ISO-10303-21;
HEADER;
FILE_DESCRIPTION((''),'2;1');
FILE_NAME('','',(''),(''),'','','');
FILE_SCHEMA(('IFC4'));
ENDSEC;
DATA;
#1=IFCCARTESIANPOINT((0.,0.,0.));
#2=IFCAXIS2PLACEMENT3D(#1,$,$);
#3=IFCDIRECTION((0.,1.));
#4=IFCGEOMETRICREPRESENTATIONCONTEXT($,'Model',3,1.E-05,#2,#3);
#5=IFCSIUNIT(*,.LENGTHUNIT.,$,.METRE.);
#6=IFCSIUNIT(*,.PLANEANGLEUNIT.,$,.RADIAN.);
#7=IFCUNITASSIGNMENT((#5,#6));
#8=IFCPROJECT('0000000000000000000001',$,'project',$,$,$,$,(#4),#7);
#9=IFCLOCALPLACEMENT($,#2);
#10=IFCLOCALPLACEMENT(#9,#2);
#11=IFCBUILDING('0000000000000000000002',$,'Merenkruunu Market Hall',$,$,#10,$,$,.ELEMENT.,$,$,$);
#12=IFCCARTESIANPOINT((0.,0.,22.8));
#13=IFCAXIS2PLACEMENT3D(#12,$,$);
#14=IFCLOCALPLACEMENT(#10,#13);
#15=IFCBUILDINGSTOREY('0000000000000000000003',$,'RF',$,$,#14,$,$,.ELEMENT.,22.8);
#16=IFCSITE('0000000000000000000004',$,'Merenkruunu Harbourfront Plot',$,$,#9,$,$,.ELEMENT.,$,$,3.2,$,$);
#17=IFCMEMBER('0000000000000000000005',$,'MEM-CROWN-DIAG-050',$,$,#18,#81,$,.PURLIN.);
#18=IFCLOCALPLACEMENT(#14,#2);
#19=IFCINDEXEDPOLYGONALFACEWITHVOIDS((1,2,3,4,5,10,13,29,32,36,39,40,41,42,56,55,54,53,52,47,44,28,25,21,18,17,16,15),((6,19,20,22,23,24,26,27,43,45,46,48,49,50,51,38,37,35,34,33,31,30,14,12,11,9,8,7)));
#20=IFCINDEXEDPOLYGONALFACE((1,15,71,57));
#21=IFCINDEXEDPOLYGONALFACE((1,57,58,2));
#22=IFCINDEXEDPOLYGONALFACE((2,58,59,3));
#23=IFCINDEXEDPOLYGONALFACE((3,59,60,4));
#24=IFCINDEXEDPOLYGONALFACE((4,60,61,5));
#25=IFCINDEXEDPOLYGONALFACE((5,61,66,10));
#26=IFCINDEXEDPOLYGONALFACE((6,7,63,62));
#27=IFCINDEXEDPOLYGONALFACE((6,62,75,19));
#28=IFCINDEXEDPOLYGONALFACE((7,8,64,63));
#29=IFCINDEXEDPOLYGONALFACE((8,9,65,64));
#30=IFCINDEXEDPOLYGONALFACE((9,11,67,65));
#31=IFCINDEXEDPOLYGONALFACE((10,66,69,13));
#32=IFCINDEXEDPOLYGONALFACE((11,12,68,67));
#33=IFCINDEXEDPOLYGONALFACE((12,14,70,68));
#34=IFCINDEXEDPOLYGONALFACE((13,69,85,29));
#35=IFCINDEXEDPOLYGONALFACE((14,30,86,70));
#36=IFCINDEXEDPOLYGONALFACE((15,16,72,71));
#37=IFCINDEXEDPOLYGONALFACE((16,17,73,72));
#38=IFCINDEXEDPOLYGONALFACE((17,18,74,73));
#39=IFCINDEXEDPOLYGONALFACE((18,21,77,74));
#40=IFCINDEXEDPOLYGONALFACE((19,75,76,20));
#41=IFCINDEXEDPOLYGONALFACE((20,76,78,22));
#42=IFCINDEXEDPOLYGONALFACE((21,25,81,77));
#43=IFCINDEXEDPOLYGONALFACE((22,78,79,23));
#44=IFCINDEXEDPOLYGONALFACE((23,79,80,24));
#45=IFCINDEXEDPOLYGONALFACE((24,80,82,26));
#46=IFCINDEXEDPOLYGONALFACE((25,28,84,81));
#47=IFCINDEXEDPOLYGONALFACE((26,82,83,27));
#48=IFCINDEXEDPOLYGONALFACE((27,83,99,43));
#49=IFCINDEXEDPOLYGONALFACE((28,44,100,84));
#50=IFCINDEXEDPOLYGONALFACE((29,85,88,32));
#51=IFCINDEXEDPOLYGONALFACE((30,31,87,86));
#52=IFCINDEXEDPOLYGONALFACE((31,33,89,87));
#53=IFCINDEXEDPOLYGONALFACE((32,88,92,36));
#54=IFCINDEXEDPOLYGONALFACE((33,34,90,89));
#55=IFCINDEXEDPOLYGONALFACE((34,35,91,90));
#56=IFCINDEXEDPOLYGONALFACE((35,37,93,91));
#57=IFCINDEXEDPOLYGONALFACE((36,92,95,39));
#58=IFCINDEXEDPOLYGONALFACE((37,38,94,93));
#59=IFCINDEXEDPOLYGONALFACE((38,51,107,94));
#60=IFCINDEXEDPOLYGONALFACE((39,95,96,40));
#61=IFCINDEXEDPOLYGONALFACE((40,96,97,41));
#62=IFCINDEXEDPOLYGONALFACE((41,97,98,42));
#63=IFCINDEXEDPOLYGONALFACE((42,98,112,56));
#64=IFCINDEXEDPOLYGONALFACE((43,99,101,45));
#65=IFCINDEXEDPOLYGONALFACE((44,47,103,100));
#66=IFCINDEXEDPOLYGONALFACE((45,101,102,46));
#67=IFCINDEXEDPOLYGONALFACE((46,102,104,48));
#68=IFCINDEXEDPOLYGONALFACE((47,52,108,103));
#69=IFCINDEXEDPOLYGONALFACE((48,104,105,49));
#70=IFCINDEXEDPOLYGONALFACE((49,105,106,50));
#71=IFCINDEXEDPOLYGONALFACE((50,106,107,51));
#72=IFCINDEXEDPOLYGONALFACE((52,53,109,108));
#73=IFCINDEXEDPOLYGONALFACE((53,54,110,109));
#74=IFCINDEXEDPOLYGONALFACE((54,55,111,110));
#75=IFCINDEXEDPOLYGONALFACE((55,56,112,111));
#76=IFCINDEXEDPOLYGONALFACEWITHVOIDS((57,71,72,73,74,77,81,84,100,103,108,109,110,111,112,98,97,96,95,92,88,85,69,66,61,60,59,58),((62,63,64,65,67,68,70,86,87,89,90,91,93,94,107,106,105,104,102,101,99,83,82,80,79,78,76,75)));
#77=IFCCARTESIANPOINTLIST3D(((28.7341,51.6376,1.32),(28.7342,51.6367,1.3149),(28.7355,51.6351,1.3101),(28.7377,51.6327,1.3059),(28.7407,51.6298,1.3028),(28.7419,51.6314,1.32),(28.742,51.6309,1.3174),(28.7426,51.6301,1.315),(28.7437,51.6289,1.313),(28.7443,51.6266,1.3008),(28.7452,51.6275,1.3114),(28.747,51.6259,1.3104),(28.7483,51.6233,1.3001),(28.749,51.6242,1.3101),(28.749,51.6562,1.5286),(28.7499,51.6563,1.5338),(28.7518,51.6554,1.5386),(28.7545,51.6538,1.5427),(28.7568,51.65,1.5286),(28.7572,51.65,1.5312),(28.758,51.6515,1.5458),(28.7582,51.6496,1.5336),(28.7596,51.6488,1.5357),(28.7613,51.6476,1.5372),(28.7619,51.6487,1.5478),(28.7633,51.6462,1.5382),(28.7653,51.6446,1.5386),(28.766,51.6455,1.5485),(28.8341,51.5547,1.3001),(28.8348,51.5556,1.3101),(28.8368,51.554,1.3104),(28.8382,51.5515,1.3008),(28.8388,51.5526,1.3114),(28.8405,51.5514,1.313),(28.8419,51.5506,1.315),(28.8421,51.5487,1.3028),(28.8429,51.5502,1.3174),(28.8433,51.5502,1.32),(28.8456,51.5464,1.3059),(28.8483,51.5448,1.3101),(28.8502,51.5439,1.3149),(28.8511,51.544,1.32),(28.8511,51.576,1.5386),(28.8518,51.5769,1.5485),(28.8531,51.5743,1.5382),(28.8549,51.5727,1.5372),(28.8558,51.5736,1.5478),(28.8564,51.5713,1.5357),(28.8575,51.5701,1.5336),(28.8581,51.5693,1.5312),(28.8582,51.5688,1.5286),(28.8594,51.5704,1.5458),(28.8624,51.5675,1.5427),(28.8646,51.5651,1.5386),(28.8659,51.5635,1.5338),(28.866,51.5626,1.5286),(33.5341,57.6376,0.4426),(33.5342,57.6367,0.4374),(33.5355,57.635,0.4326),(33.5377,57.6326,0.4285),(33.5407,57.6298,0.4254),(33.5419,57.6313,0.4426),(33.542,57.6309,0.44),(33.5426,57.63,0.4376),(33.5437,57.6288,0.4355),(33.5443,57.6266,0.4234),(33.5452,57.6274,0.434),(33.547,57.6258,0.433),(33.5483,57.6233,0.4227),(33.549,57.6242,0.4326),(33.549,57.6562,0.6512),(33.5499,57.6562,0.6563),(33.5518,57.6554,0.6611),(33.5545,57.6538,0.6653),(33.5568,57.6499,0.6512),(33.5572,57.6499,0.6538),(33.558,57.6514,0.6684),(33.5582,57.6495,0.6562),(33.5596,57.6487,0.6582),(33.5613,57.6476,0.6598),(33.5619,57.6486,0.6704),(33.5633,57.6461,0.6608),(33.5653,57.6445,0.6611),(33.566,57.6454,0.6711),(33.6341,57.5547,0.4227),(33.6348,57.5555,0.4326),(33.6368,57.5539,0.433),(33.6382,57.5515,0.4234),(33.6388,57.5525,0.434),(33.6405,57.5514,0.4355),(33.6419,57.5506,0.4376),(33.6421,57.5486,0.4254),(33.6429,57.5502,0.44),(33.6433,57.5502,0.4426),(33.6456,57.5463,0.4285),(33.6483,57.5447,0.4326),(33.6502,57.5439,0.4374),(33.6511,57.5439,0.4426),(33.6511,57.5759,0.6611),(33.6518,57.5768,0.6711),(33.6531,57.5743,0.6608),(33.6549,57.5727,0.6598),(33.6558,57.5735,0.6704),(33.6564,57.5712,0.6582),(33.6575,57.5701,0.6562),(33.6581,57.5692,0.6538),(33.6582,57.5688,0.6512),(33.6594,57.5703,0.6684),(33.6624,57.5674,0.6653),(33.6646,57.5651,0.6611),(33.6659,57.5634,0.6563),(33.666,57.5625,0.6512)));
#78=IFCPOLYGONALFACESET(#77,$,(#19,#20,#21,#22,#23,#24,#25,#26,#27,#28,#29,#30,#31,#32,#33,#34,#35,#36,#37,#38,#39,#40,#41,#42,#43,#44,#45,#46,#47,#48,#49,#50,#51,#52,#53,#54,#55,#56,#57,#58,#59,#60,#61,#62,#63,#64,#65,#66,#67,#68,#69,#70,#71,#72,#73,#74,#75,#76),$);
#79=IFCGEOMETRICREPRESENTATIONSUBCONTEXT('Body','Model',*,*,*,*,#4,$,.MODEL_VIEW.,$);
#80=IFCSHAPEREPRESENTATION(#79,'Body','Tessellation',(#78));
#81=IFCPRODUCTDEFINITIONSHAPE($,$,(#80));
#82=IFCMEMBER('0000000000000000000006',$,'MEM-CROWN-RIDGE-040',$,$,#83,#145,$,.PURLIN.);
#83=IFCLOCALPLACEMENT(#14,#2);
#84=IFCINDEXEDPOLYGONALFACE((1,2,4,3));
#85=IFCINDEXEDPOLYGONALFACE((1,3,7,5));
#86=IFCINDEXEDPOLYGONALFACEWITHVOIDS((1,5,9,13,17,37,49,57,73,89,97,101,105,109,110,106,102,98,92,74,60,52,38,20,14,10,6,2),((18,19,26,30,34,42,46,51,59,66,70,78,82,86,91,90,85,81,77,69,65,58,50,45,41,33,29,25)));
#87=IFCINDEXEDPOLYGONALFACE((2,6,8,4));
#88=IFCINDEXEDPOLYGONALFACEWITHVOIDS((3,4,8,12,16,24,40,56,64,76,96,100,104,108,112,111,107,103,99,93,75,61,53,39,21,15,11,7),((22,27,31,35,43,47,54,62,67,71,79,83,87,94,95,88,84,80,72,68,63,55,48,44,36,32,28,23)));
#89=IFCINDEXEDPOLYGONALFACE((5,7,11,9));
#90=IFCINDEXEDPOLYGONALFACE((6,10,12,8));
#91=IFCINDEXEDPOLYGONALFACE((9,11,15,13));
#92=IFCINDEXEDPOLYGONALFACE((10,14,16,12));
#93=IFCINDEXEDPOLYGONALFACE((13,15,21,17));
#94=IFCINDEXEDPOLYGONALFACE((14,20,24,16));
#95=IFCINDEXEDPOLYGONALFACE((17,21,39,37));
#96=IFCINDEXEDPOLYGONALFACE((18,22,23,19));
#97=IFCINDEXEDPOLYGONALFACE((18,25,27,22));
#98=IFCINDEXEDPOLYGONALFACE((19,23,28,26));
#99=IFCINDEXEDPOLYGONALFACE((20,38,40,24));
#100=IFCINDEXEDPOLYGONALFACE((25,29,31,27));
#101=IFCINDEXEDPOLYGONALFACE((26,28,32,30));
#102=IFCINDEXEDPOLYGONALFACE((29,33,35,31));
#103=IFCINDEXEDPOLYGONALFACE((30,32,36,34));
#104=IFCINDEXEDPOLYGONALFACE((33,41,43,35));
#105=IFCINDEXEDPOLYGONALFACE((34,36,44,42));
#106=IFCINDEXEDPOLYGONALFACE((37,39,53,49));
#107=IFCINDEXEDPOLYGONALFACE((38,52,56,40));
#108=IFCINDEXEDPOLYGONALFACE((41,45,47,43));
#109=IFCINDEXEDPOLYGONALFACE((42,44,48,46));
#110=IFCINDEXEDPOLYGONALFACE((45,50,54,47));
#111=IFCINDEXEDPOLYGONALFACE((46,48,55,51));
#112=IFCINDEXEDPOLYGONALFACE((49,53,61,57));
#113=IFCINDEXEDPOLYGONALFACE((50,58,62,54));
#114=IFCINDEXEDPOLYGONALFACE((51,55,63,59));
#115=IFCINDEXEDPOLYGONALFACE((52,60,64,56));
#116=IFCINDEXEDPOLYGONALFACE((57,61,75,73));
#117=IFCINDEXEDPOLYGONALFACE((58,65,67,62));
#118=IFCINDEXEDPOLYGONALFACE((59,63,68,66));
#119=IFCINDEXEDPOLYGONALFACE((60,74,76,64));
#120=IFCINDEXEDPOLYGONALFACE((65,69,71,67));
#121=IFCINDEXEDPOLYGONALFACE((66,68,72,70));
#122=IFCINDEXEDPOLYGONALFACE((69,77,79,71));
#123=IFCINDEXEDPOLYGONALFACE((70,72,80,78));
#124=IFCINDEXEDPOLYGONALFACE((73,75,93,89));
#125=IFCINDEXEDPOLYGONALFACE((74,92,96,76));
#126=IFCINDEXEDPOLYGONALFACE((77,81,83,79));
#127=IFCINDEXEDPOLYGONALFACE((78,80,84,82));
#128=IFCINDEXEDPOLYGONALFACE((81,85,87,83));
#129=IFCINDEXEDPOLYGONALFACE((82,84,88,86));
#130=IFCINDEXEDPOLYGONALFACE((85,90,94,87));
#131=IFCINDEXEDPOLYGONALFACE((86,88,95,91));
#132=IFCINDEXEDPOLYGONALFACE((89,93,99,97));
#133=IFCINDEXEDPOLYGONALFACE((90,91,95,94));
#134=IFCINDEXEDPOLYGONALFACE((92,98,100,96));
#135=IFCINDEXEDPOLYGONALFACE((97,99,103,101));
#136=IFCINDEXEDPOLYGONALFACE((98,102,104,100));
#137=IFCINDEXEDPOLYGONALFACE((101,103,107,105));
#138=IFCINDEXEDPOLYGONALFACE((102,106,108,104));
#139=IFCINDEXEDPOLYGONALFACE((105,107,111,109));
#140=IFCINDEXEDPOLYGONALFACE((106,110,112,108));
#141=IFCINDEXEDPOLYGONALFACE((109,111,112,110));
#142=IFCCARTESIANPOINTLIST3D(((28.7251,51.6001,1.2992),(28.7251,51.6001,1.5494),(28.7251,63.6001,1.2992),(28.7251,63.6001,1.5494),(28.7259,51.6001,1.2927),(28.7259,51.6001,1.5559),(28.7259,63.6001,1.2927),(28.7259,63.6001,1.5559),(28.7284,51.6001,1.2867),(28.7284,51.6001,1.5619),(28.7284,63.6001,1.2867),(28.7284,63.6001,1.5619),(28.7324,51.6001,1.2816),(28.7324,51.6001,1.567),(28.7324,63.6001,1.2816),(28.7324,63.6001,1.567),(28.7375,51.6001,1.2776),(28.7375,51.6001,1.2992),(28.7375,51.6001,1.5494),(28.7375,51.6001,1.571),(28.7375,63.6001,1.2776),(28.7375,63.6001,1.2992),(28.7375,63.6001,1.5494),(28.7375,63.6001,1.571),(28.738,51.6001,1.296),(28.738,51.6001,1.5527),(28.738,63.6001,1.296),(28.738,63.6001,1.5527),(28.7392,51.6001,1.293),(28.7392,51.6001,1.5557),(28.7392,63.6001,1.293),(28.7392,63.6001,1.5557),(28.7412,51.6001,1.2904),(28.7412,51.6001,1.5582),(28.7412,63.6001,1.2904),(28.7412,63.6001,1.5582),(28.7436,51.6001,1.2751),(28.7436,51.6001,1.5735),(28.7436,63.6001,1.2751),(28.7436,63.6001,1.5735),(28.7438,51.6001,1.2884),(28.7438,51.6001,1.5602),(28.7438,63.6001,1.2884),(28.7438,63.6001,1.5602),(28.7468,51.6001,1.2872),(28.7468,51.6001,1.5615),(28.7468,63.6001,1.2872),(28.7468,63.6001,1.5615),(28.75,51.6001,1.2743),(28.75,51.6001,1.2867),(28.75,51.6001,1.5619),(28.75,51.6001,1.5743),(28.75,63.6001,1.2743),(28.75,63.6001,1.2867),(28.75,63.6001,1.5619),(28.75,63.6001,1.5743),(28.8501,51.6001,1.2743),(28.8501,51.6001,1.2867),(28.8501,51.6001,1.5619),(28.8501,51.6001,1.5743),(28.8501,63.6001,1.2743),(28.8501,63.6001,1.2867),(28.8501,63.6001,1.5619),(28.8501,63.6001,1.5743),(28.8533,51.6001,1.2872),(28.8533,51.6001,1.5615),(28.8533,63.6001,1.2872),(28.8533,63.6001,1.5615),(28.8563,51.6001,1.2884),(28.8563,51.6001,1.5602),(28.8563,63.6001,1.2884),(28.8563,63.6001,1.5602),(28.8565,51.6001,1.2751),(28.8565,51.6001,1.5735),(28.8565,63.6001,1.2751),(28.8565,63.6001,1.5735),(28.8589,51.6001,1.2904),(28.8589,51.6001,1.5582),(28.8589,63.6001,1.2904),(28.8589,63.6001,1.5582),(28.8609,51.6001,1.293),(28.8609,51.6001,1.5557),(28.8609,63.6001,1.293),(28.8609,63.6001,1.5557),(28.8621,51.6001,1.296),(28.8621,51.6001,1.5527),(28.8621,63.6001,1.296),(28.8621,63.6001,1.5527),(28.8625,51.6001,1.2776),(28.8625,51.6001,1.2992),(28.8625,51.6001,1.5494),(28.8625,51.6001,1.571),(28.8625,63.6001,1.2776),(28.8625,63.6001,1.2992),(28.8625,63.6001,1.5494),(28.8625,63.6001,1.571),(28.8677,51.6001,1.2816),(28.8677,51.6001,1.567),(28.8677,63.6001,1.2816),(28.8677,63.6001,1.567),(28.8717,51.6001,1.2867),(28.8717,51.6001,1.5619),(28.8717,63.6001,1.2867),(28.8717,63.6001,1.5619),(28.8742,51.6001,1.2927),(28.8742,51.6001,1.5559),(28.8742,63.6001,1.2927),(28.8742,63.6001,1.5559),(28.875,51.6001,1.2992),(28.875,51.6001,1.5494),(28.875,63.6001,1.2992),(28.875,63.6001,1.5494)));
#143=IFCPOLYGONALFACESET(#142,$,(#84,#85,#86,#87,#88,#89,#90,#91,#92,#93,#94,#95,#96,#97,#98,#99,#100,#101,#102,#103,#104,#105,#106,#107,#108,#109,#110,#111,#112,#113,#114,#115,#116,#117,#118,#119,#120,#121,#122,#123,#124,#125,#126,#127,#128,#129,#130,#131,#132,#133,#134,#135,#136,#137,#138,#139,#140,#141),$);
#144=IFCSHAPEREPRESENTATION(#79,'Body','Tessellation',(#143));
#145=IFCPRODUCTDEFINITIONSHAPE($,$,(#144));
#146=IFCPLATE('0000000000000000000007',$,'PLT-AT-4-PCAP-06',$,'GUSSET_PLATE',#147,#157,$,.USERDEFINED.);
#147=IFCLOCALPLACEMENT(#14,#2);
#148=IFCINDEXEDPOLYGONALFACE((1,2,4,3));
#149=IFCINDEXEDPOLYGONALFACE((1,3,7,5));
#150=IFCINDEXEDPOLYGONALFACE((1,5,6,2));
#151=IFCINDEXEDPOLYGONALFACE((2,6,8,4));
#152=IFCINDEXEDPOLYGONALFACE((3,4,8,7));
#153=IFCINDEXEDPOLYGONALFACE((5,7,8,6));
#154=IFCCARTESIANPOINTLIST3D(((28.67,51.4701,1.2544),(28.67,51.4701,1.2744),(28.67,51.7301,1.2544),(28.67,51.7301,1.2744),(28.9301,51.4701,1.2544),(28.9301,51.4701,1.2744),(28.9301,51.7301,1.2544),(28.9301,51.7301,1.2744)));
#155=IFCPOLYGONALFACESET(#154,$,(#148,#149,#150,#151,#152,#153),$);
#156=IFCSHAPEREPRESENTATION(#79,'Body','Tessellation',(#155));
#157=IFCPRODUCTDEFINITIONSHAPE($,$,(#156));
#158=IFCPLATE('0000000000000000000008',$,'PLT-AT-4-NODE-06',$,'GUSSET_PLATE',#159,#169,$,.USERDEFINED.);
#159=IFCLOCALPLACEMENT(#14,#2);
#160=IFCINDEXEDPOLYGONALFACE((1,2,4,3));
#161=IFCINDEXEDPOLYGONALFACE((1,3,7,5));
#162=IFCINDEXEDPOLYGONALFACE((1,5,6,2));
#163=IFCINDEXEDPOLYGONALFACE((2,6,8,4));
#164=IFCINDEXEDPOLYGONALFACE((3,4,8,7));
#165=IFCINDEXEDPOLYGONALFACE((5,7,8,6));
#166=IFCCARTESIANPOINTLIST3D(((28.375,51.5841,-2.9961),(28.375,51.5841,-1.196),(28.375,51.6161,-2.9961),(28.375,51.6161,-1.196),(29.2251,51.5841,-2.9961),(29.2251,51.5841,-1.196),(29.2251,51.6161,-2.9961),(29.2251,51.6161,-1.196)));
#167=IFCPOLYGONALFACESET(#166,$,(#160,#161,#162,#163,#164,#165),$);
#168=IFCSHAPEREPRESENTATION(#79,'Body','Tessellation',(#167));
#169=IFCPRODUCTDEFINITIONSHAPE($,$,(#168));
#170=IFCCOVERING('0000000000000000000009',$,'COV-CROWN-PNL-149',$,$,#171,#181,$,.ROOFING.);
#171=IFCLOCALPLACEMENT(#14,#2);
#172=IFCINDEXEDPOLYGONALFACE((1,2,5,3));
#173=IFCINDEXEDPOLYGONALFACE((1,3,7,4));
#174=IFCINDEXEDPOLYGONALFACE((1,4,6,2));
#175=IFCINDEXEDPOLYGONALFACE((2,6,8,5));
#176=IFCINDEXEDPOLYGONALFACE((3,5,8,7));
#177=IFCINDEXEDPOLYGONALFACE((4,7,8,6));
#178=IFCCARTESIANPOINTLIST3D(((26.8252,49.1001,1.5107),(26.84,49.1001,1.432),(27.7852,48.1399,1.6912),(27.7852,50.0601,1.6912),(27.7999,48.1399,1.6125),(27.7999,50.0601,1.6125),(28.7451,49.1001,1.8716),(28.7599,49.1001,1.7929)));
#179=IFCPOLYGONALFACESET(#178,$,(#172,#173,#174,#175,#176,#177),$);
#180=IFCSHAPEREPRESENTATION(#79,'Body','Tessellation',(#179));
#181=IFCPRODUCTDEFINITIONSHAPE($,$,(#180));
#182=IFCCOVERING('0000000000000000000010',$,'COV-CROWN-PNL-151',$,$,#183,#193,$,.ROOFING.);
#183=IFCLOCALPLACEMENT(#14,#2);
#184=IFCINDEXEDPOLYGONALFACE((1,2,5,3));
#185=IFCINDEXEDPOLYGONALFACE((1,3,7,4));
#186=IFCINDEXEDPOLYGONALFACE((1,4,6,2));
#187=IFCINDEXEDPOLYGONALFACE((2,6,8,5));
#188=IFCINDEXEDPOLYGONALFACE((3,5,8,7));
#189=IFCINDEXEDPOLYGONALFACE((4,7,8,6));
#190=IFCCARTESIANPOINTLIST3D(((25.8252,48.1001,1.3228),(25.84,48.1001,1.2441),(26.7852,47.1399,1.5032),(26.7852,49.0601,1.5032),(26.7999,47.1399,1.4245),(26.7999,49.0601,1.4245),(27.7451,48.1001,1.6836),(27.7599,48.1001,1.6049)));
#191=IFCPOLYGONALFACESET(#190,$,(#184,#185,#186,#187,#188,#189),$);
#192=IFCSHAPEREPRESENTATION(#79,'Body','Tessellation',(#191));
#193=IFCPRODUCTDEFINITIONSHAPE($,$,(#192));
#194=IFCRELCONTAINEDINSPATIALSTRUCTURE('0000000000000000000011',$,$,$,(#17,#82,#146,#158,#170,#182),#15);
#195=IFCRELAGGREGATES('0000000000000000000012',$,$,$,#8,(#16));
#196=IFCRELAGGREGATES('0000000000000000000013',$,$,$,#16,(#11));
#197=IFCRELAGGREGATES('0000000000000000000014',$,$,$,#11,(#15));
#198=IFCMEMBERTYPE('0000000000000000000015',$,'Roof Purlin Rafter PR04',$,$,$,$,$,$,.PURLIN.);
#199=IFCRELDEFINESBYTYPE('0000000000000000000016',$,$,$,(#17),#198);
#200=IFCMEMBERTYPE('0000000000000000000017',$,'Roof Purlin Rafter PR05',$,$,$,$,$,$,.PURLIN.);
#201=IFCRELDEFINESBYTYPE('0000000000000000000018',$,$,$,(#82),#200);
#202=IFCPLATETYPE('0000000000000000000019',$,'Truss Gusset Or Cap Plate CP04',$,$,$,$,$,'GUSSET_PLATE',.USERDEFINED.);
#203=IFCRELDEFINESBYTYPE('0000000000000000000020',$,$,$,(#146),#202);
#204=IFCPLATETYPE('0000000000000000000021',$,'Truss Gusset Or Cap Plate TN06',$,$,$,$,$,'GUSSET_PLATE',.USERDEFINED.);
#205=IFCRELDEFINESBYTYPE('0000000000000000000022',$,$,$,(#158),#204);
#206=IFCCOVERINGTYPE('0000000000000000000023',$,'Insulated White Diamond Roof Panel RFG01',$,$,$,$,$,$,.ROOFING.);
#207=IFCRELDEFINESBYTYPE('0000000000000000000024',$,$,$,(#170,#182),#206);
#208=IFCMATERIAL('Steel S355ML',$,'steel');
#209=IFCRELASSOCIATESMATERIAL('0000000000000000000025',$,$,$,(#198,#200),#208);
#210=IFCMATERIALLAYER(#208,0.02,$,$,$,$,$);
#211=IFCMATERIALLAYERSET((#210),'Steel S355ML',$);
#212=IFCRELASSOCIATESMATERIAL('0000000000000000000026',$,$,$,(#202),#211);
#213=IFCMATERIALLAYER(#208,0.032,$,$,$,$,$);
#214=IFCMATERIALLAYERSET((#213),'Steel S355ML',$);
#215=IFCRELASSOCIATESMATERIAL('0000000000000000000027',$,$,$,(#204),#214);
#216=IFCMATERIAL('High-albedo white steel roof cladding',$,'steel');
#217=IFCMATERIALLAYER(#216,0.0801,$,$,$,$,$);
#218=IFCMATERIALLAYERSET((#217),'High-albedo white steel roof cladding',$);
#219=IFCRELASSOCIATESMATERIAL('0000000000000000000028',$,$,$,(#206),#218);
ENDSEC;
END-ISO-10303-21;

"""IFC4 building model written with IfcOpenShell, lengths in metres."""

from ifc_helpers import new_model, si_unit, direction, frame, origin, origin_2d, place, context, subcontext, project, spatial, polyline, rectangle, hollow_rectangle, outline, extrude, material, layer, layer_set, material_profile, profile_set, type_object, element, save


model = new_model("IFC4")

# Units and contexts
model_context = context("Model", 3, precision=1e-05, world=origin(), true_north=direction((0.0, 1.0)))
body_context = subcontext(model_context, "Body", "Model", "MODEL_VIEW")
ifc_project = project(units=[si_unit("LENGTHUNIT", "METRE"), si_unit("PLANEANGLEUNIT", "RADIAN")], contexts=[model_context])

# Site, building, storey
site_placement = place(None, origin())
site = spatial("IfcSite", under=ifc_project, at=site_placement, Name="Merenkruunu Harbourfront Plot", CompositionType="ELEMENT", RefElevation=3.2)
building_placement = place(site_placement, origin())
building = spatial("IfcBuilding", under=site, at=building_placement, Name="Merenkruunu Market Hall", CompositionType="ELEMENT")
storey_placement = place(building_placement, frame((0.0, 0.0, 22.8)))
storey = spatial("IfcBuildingStorey", under=building, at=storey_placement, Name="RF", CompositionType="ELEMENT", Elevation=22.8)

# Members
ifc_material_1 = material(Name="Steel S355ML", Category="steel")
ifc_material_profile_1 = material_profile(ifc_material_1, hollow_rectangle(XDim=0.1499, YDim=0.25, WallThickness=0.01, InnerFilletRadius=0.01, OuterFilletRadius=0.02, at=origin_2d()), Name="RHS 250x150x10")
ifc_profile_set_1 = profile_set([ifc_material_profile_1], Name="Steel S355ML")
member_type_1 = type_object("IfcMemberType", Name="Roof Purlin Rafter PR04", PredefinedType="PURLIN", material=ifc_profile_set_1)
for number, where, z_axis, x_axis, name in (
    (1, (28.8, 51.6001, 1.4243), (0.620665, 0.775824, -0.113457), (-0.780866, 0.624699, 0.0), "MEM-CROWN-DIAG-050"),
):
    element("IfcMember", number, at=place(storey_placement, frame(where, z_axis=z_axis, x_axis=x_axis)), inside=storey, type_object=member_type_1, Name=name, PredefinedType="PURLIN", context=body_context, shape_type="SweptSolid", body=[
        extrude(hollow_rectangle(XDim=0.1499, YDim=0.25, WallThickness=0.01, InnerFilletRadius=0.01, OuterFilletRadius=0.02, at=origin_2d()), origin(), (0.0, 0.0, 1.0), 7.7336),
    ])
ifc_material_profile_2 = material_profile(ifc_material_1, hollow_rectangle(XDim=0.1499, YDim=0.3, WallThickness=0.0125, InnerFilletRadius=0.0125, OuterFilletRadius=0.0249, at=origin_2d()), Name="RHS 300x150x12.5")
ifc_profile_set_2 = profile_set([ifc_material_profile_2], Name="Steel S355ML")
member_type_2 = type_object("IfcMemberType", Name="Roof Purlin Rafter PR05", PredefinedType="PURLIN", material=ifc_profile_set_2)
member_1_placement = place(storey_placement, frame((28.8, 51.6001, 1.4243), z_axis=(0.0, 1.0, 0.0), x_axis=(-1.0, 0.0, 0.0)))
element("IfcMember", 2, at=member_1_placement, inside=storey, type_object=member_type_2, Name="MEM-CROWN-RIDGE-040", PredefinedType="PURLIN", context=body_context, shape_type="SweptSolid", body=[
    extrude(hollow_rectangle(XDim=0.1499, YDim=0.3, WallThickness=0.0125, InnerFilletRadius=0.0125, OuterFilletRadius=0.0249, at=origin_2d()), origin(), (0.0, 0.0, 1.0), 12.0),
])

# Plates
ifc_layer_1 = layer(ifc_material_1, 0.02)
ifc_layer_set_1 = layer_set([ifc_layer_1], Name="Steel S355ML")
plate_type_1 = type_object("IfcPlateType", Name="Truss Gusset Or Cap Plate CP04", ElementType="GUSSET_PLATE", PredefinedType="USERDEFINED", material=ifc_layer_set_1)
plate_1_placement = place(storey_placement, frame((28.8, 51.6001, 1.2544), z_axis=(0.0, 0.0, 1.0), x_axis=(1.0, 0.0, 0.0)))
element("IfcPlate", 3, at=plate_1_placement, inside=storey, type_object=plate_type_1, Name="PLT-AT-4-PCAP-06", ObjectType="GUSSET_PLATE", PredefinedType="USERDEFINED", context=body_context, shape_type="SweptSolid", body=[
    extrude(rectangle(XDim=0.26, YDim=0.26, at=origin_2d()), origin(), (0.0, 0.0, 1.0), 0.02),
])
ifc_layer_2 = layer(ifc_material_1, 0.032)
ifc_layer_set_2 = layer_set([ifc_layer_2], Name="Steel S355ML")
plate_type_2 = type_object("IfcPlateType", Name="Truss Gusset Or Cap Plate TN06", ElementType="GUSSET_PLATE", PredefinedType="USERDEFINED", material=ifc_layer_set_2)
plate_2_placement = place(storey_placement, frame((28.8, 51.6001, -2.9961), z_axis=(0.0, 0.0, 1.0), x_axis=(1.0, 0.0, 0.0)))
element("IfcPlate", 4, at=plate_2_placement, inside=storey, type_object=plate_type_2, Name="PLT-AT-4-NODE-06", ObjectType="GUSSET_PLATE", PredefinedType="USERDEFINED", context=body_context, shape_type="SweptSolid", body=[
    extrude(rectangle(XDim=0.8501, YDim=0.032, at=origin_2d()), origin(), (0.0, 0.0, 1.0), 1.8),
])

# Coverings
ifc_material_2 = material(Name="High-albedo white steel roof cladding", Category="steel")
ifc_layer_3 = layer(ifc_material_2, 0.0801)
ifc_layer_set_3 = layer_set([ifc_layer_3], Name="High-albedo white steel roof cladding")
covering_type = type_object("IfcCoveringType", Name="Insulated White Diamond Roof Panel RFG01", PredefinedType="ROOFING", material=ifc_layer_set_3)
for number, where, z_axis, x_axis, name in (
    (5, (26.8252, 49.1001, 1.5107), (-0.184711, 0.0, 0.982793), (0.700856, -0.701035, 0.131722), "COV-CROWN-PNL-149"),
    (6, (25.8252, 48.1001, 1.3228), (-0.184711, 0.0, 0.982793), (0.700856, -0.701035, 0.131722), "COV-CROWN-PNL-151"),
):
    element("IfcCovering", number, at=place(storey_placement, frame(where, z_axis=z_axis, x_axis=x_axis)), inside=storey, type_object=covering_type, Name=name, PredefinedType="ROOFING", context=body_context, shape_type="SweptSolid", body=[
        extrude(outline(polyline([(0.0, 0.0), (1.3697, 0.0), (1.3931, 1.3695), (0.0236, 1.3693), (0.0, 0.0)])), origin(), (0.0, 0.0, -1.0), 0.0801),
    ])

save(model, "model.ifc")
